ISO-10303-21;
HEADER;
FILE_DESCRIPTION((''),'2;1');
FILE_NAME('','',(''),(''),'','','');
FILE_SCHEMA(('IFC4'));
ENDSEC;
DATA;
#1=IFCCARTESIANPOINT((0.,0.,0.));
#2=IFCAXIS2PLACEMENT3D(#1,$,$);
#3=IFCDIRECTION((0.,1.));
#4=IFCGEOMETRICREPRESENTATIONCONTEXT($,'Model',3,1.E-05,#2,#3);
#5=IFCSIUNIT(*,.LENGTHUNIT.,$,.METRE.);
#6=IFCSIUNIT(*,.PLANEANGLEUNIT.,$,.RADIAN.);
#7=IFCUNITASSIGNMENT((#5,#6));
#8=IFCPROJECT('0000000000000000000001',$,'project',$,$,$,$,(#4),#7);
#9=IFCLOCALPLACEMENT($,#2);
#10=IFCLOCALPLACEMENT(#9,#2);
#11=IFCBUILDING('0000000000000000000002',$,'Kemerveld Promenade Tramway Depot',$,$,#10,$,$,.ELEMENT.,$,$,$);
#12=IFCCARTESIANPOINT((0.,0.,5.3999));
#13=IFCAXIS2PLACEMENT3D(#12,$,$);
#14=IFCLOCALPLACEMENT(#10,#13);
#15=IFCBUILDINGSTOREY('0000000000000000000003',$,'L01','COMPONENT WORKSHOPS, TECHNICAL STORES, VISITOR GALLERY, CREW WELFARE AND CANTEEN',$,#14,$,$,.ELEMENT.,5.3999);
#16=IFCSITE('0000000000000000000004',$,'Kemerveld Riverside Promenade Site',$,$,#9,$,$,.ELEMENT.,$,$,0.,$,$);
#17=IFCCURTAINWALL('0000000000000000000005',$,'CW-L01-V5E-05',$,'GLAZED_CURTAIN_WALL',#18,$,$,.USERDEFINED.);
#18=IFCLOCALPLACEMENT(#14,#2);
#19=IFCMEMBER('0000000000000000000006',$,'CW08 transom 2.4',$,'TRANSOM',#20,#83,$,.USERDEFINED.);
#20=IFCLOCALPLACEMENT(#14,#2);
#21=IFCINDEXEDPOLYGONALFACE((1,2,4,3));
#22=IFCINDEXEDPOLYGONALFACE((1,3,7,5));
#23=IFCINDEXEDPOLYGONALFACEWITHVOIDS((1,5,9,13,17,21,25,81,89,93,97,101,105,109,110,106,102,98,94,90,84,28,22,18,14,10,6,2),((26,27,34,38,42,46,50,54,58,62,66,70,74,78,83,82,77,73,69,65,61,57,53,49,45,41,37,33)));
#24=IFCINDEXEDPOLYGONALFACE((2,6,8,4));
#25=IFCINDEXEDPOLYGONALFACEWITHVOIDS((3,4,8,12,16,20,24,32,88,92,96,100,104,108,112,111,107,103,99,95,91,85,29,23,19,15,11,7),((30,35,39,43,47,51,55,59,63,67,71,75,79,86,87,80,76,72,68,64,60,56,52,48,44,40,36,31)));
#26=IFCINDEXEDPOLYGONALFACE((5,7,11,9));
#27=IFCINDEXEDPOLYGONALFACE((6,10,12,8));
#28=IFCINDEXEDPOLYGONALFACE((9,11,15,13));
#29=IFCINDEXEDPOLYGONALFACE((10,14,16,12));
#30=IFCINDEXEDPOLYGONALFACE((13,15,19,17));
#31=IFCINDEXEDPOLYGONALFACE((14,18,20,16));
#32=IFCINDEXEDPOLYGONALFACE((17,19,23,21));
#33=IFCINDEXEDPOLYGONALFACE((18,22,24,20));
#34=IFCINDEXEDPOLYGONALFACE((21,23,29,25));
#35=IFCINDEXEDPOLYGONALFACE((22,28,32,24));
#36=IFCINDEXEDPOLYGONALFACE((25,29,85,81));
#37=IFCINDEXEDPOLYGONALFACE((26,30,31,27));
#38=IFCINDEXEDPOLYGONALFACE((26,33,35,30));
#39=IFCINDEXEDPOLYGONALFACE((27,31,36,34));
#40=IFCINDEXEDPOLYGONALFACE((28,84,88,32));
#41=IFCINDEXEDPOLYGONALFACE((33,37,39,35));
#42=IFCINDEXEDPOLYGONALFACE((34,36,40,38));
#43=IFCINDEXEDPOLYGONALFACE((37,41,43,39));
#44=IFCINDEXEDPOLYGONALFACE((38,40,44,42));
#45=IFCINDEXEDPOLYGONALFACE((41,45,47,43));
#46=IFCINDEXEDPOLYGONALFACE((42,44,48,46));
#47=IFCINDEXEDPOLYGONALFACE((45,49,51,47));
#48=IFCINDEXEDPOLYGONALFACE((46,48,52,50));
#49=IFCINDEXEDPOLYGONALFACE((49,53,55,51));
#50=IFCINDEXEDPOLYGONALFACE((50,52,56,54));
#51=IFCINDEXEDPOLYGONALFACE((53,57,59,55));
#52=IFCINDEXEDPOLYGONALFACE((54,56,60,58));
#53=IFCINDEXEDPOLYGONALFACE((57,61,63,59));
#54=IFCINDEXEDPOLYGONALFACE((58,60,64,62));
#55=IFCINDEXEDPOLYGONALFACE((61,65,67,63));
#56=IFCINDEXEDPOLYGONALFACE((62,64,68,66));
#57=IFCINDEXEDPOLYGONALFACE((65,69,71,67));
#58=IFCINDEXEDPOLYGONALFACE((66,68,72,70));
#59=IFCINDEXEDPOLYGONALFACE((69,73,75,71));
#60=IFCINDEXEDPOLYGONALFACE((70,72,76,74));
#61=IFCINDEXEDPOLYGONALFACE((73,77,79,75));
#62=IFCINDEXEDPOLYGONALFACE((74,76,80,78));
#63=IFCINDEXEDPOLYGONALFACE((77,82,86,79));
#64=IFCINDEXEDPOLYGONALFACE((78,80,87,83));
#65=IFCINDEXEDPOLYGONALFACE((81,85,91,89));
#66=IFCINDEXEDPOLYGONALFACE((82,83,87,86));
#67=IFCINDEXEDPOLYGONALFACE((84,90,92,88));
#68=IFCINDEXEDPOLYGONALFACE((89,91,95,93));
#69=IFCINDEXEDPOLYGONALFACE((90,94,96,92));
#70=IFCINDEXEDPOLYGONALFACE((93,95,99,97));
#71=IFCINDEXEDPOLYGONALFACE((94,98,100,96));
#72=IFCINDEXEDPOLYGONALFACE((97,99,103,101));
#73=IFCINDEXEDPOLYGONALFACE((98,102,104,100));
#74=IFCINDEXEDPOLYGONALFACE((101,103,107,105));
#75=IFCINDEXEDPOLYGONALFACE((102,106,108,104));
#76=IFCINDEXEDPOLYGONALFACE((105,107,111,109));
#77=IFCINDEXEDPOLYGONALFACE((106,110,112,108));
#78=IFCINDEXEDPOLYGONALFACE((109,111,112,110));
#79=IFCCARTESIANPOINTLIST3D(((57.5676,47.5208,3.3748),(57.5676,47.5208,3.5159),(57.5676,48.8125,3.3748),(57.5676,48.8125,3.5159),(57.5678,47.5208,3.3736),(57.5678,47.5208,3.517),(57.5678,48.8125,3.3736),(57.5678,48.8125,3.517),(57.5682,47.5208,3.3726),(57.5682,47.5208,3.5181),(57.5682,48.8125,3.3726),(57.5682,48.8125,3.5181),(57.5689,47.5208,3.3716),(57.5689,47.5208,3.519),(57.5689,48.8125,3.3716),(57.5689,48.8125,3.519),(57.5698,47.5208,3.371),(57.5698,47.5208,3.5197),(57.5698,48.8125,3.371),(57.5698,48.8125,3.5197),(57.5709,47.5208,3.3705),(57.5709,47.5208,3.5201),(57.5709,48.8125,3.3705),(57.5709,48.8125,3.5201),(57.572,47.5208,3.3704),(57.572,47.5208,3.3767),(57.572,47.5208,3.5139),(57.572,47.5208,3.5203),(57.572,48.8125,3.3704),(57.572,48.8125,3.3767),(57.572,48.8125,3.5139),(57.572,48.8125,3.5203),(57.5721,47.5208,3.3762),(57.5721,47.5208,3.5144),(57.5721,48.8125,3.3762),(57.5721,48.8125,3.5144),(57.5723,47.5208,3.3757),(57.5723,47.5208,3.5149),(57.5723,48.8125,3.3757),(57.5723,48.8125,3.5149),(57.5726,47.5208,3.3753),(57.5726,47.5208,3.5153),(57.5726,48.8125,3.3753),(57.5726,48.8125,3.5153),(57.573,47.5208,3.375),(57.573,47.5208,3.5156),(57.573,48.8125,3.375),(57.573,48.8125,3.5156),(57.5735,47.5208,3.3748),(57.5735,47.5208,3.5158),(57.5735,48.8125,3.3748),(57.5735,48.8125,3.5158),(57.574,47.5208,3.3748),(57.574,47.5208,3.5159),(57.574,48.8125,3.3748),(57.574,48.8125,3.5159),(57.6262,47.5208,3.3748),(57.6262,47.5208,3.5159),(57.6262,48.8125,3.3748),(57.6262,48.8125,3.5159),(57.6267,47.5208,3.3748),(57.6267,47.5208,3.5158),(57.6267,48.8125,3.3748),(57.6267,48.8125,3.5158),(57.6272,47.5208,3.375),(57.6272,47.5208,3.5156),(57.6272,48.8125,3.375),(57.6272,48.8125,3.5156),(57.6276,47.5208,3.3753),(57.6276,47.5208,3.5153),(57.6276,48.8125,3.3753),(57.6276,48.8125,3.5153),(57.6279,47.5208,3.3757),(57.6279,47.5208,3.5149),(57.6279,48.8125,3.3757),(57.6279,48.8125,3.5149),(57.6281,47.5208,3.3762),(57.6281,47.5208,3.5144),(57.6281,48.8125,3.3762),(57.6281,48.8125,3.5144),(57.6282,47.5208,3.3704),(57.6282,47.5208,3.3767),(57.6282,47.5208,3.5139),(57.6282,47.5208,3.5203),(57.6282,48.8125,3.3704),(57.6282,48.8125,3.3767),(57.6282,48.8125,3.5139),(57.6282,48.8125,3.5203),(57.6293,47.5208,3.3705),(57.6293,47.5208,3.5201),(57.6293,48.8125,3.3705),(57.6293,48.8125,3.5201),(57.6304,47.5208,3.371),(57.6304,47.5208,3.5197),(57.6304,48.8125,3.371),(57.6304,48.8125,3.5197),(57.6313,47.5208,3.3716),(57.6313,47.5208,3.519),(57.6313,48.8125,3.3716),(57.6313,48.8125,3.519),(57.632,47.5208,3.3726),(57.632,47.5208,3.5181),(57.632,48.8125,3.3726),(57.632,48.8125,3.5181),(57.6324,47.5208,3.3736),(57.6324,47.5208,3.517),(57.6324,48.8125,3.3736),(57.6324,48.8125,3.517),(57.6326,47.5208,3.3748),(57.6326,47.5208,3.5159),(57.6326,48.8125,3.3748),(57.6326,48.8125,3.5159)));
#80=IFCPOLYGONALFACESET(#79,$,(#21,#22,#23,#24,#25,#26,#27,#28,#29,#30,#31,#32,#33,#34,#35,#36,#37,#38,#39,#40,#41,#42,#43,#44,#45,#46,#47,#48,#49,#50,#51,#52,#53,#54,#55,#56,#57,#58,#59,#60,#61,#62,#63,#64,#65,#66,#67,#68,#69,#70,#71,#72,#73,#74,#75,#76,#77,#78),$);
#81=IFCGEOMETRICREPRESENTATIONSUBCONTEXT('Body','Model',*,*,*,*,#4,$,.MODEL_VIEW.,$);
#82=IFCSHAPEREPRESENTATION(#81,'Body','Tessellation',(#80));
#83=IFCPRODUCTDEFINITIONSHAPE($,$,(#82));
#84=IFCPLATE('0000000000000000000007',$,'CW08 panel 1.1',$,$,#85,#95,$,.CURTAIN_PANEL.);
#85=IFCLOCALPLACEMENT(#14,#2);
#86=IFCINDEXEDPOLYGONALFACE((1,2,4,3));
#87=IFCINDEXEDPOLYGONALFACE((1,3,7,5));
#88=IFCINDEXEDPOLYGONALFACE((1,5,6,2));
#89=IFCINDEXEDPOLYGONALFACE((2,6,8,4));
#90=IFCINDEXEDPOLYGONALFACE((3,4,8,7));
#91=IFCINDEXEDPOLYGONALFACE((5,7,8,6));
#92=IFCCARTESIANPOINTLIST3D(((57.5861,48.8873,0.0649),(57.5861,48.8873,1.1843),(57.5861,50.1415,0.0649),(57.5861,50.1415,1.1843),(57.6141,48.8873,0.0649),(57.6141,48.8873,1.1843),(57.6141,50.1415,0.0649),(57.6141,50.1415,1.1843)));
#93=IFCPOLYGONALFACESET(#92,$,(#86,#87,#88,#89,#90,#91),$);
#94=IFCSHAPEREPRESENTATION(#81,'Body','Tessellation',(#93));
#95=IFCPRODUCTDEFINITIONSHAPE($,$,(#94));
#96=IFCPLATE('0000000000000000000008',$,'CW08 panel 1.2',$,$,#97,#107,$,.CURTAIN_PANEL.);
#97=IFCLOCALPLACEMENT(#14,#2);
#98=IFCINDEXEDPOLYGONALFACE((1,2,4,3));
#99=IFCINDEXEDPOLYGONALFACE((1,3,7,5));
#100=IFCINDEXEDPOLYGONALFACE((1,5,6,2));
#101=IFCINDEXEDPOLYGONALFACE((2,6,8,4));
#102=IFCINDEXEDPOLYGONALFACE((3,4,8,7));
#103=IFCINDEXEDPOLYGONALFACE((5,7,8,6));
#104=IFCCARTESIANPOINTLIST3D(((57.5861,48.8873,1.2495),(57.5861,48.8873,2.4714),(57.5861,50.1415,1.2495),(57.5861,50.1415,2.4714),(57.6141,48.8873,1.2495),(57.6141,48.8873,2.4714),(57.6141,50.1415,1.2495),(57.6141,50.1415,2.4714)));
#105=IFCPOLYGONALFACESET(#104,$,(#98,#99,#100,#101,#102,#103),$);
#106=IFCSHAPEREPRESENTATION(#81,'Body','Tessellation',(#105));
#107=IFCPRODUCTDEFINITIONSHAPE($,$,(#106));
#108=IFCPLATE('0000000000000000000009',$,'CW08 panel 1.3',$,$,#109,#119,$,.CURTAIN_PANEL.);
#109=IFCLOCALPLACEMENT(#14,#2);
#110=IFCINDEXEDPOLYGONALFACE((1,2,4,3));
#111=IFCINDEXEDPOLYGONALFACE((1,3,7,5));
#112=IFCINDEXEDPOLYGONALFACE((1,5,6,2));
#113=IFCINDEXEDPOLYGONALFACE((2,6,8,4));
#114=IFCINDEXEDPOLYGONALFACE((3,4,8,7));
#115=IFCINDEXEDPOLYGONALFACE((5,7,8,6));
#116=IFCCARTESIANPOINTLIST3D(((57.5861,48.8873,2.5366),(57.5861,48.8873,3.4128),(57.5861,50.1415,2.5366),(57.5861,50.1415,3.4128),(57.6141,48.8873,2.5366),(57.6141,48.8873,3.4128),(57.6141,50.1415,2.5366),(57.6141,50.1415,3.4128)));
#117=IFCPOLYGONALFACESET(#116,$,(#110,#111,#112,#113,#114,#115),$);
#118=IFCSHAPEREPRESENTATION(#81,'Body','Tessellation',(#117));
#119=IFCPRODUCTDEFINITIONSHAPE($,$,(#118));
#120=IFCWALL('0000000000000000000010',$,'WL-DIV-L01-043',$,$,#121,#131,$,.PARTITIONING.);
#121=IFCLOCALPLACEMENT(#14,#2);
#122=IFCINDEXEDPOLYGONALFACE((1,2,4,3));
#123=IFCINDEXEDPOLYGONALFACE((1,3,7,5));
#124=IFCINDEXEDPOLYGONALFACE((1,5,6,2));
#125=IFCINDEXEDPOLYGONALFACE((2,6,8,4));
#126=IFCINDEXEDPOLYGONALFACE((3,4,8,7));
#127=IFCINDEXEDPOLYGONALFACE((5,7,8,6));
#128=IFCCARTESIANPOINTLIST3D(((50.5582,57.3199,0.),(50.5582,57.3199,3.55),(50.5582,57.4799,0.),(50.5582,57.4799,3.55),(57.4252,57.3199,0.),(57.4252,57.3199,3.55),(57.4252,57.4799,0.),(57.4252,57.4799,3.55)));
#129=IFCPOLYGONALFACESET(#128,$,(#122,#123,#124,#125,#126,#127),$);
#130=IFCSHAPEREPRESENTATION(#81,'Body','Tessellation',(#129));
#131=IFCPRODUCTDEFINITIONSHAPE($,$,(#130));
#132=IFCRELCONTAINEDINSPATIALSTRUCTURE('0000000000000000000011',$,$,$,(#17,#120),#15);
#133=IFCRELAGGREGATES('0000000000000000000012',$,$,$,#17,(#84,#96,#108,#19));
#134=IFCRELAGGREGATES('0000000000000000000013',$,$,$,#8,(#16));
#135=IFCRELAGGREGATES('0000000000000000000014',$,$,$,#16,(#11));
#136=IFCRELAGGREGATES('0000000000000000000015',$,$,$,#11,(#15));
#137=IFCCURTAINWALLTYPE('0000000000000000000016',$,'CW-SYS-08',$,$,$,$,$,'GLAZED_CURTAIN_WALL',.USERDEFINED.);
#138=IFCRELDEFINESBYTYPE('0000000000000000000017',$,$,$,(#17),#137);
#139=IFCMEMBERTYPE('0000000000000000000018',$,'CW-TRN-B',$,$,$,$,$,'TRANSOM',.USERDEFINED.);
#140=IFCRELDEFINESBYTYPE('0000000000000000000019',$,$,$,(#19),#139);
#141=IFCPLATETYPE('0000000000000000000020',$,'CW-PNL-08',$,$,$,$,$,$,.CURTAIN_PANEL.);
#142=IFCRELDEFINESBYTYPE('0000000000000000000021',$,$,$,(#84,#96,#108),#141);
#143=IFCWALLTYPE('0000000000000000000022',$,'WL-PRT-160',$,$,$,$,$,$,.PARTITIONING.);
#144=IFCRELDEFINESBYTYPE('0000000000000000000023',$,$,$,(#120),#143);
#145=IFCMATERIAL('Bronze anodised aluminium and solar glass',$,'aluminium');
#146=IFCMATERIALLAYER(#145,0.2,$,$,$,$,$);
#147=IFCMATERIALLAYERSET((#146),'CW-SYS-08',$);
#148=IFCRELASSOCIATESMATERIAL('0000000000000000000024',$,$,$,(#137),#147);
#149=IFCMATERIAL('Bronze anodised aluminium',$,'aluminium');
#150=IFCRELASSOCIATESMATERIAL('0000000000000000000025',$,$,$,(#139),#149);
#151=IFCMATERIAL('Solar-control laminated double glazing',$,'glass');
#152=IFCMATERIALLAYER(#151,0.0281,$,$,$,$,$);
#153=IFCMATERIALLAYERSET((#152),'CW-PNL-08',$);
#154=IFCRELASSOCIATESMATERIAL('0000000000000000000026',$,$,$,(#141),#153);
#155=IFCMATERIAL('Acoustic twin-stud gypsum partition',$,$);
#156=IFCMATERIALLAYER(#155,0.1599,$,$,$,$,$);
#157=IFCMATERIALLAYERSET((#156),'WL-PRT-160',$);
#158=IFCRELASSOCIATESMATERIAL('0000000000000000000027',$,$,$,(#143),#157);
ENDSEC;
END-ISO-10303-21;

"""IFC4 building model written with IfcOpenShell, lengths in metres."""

from ifc_helpers import new_model, si_unit, direction, frame, frame_2d, origin, origin_2d, place, context, subcontext, project, spatial, rectangle, hollow_rectangle, extrude, material, layer, layer_set, material_profile, profile_set, type_object, element, aggregate, save


model = new_model("IFC4")

# Units and contexts
model_context = context("Model", 3, precision=1e-05, world=origin(), true_north=direction((0.0, 1.0)))
body_context = subcontext(model_context, "Body", "Model", "MODEL_VIEW")
ifc_project = project(units=[si_unit("LENGTHUNIT", "METRE"), si_unit("PLANEANGLEUNIT", "RADIAN")], contexts=[model_context])

# Site, building, storey
site_placement = place(None, origin())
site = spatial("IfcSite", under=ifc_project, at=site_placement, Name="Kemerveld Riverside Promenade Site", CompositionType="ELEMENT", RefElevation=0.0)
building_placement = place(site_placement, origin())
building = spatial("IfcBuilding", under=site, at=building_placement, Name="Kemerveld Promenade Tramway Depot", CompositionType="ELEMENT")
storey_placement = place(building_placement, frame((0.0, 0.0, 5.3999)))
storey = spatial("IfcBuildingStorey", under=building, at=storey_placement, Name="L01", Description="COMPONENT WORKSHOPS, TECHNICAL STORES, VISITOR GALLERY, CREW WELFARE AND CANTEEN", CompositionType="ELEMENT", Elevation=5.3999)

# Curtain wall, member, plates
ifc_material_1 = material(Name="Bronze anodised aluminium and solar glass", Category="aluminium")
ifc_layer_1 = layer(ifc_material_1, 0.2)
ifc_layer_set_1 = layer_set([ifc_layer_1], Name="CW-SYS-08")
curtain_wall_type = type_object("IfcCurtainWallType", Name="CW-SYS-08", ElementType="GLAZED_CURTAIN_WALL", PredefinedType="USERDEFINED", material=ifc_layer_set_1)
curtain_wall_placement = place(storey_placement, origin())
curtain_wall = element("IfcCurtainWall", 1, at=curtain_wall_placement, inside=storey, type_object=curtain_wall_type, Name="CW-L01-V5E-05", ObjectType="GLAZED_CURTAIN_WALL", PredefinedType="USERDEFINED")
ifc_material_2 = material(Name="Bronze anodised aluminium", Category="aluminium")
ifc_material_profile_1 = material_profile(ifc_material_2, hollow_rectangle(XDim=0.0649, YDim=0.1499, WallThickness=0.0044, InnerFilletRadius=0.002, OuterFilletRadius=0.0044, at=origin_2d()), Name="CW-TRN-150x65")
ifc_profile_set_1 = profile_set([ifc_material_profile_1], Name="Bronze anodised aluminium")
member_type_1 = type_object("IfcMemberType", Name="CW-TRN-B", ElementType="TRANSOM", PredefinedType="USERDEFINED", material=ifc_profile_set_1)
member_1_placement = place(storey_placement, frame((57.6001, 48.8125, 3.4453), z_axis=(0.0, -1.0, 0.0), x_axis=(1.0, 0.0, 0.0)))
member_1 = element("IfcMember", 2, at=member_1_placement, type_object=member_type_1, Name="CW08 transom 2.4", ObjectType="TRANSOM", PredefinedType="USERDEFINED", context=body_context, shape_type="SweptSolid", body=[
    extrude(hollow_rectangle(XDim=0.0649, YDim=0.1499, WallThickness=0.0044, InnerFilletRadius=0.002, OuterFilletRadius=0.0044, at=origin_2d()), origin(), (0.0, 0.0, 1.0), 1.2917),
])
ifc_material_3 = material(Name="Solar-control laminated double glazing", Category="glass")
ifc_layer_2 = layer(ifc_material_3, 0.0281)
ifc_layer_set_2 = layer_set([ifc_layer_2], Name="CW-PNL-08")
plate_type = type_object("IfcPlateType", Name="CW-PNL-08", PredefinedType="CURTAIN_PANEL", material=ifc_layer_set_2)
plate_1_placement = place(storey_placement, frame((57.6001, 49.5144, 0.0649), z_axis=(0.0, 0.0, 1.0), x_axis=(0.0, -1.0, 0.0)))
plate_1 = element("IfcPlate", 3, at=plate_1_placement, type_object=plate_type, Name="CW08 panel 1.1", PredefinedType="CURTAIN_PANEL", context=body_context, shape_type="SweptSolid", body=[
    extrude(rectangle(XDim=1.2542, YDim=0.0281, at=origin_2d()), origin(), (0.0, 0.0, 1.0), 1.1194),
])
plate_2_placement = place(storey_placement, frame((57.6001, 49.5144, 1.2495), z_axis=(0.0, 0.0, 1.0), x_axis=(0.0, -1.0, 0.0)))
plate_2 = element("IfcPlate", 4, at=plate_2_placement, type_object=plate_type, Name="CW08 panel 1.2", PredefinedType="CURTAIN_PANEL", context=body_context, shape_type="SweptSolid", body=[
    extrude(rectangle(XDim=1.2542, YDim=0.0281, at=origin_2d()), origin(), (0.0, 0.0, 1.0), 1.2219),
])
plate_3_placement = place(storey_placement, frame((57.6001, 49.5144, 2.5366), z_axis=(0.0, 0.0, 1.0), x_axis=(0.0, -1.0, 0.0)))
plate_3 = element("IfcPlate", 5, at=plate_3_placement, type_object=plate_type, Name="CW08 panel 1.3", PredefinedType="CURTAIN_PANEL", context=body_context, shape_type="SweptSolid", body=[
    extrude(rectangle(XDim=1.2542, YDim=0.0281, at=origin_2d()), origin(), (0.0, 0.0, 1.0), 0.8762),
])
aggregate(curtain_wall, [plate_1, plate_2, plate_3, member_1])

# Wall
ifc_material_4 = material(Name="Acoustic twin-stud gypsum partition")
ifc_layer_3 = layer(ifc_material_4, 0.1599)
ifc_layer_set_3 = layer_set([ifc_layer_3], Name="WL-PRT-160")
wall_type = type_object("IfcWallType", Name="WL-PRT-160", PredefinedType="PARTITIONING", material=ifc_layer_set_3)
wall_placement = place(storey_placement, frame((50.5581, 57.3999, 0.0), z_axis=(0.0, 0.0, 1.0), x_axis=(1.0, 0.0, 0.0)))
element("IfcWall", 6, at=wall_placement, inside=storey, type_object=wall_type, Name="WL-DIV-L01-043", PredefinedType="PARTITIONING", context=body_context, shape_type="SweptSolid", body=[
    extrude(rectangle(XDim=6.8669, YDim=0.1599, at=frame_2d((3.4336, 0.0))), origin(), (0.0, 0.0, 1.0), 3.55),
])

save(model, "model.ifc")
